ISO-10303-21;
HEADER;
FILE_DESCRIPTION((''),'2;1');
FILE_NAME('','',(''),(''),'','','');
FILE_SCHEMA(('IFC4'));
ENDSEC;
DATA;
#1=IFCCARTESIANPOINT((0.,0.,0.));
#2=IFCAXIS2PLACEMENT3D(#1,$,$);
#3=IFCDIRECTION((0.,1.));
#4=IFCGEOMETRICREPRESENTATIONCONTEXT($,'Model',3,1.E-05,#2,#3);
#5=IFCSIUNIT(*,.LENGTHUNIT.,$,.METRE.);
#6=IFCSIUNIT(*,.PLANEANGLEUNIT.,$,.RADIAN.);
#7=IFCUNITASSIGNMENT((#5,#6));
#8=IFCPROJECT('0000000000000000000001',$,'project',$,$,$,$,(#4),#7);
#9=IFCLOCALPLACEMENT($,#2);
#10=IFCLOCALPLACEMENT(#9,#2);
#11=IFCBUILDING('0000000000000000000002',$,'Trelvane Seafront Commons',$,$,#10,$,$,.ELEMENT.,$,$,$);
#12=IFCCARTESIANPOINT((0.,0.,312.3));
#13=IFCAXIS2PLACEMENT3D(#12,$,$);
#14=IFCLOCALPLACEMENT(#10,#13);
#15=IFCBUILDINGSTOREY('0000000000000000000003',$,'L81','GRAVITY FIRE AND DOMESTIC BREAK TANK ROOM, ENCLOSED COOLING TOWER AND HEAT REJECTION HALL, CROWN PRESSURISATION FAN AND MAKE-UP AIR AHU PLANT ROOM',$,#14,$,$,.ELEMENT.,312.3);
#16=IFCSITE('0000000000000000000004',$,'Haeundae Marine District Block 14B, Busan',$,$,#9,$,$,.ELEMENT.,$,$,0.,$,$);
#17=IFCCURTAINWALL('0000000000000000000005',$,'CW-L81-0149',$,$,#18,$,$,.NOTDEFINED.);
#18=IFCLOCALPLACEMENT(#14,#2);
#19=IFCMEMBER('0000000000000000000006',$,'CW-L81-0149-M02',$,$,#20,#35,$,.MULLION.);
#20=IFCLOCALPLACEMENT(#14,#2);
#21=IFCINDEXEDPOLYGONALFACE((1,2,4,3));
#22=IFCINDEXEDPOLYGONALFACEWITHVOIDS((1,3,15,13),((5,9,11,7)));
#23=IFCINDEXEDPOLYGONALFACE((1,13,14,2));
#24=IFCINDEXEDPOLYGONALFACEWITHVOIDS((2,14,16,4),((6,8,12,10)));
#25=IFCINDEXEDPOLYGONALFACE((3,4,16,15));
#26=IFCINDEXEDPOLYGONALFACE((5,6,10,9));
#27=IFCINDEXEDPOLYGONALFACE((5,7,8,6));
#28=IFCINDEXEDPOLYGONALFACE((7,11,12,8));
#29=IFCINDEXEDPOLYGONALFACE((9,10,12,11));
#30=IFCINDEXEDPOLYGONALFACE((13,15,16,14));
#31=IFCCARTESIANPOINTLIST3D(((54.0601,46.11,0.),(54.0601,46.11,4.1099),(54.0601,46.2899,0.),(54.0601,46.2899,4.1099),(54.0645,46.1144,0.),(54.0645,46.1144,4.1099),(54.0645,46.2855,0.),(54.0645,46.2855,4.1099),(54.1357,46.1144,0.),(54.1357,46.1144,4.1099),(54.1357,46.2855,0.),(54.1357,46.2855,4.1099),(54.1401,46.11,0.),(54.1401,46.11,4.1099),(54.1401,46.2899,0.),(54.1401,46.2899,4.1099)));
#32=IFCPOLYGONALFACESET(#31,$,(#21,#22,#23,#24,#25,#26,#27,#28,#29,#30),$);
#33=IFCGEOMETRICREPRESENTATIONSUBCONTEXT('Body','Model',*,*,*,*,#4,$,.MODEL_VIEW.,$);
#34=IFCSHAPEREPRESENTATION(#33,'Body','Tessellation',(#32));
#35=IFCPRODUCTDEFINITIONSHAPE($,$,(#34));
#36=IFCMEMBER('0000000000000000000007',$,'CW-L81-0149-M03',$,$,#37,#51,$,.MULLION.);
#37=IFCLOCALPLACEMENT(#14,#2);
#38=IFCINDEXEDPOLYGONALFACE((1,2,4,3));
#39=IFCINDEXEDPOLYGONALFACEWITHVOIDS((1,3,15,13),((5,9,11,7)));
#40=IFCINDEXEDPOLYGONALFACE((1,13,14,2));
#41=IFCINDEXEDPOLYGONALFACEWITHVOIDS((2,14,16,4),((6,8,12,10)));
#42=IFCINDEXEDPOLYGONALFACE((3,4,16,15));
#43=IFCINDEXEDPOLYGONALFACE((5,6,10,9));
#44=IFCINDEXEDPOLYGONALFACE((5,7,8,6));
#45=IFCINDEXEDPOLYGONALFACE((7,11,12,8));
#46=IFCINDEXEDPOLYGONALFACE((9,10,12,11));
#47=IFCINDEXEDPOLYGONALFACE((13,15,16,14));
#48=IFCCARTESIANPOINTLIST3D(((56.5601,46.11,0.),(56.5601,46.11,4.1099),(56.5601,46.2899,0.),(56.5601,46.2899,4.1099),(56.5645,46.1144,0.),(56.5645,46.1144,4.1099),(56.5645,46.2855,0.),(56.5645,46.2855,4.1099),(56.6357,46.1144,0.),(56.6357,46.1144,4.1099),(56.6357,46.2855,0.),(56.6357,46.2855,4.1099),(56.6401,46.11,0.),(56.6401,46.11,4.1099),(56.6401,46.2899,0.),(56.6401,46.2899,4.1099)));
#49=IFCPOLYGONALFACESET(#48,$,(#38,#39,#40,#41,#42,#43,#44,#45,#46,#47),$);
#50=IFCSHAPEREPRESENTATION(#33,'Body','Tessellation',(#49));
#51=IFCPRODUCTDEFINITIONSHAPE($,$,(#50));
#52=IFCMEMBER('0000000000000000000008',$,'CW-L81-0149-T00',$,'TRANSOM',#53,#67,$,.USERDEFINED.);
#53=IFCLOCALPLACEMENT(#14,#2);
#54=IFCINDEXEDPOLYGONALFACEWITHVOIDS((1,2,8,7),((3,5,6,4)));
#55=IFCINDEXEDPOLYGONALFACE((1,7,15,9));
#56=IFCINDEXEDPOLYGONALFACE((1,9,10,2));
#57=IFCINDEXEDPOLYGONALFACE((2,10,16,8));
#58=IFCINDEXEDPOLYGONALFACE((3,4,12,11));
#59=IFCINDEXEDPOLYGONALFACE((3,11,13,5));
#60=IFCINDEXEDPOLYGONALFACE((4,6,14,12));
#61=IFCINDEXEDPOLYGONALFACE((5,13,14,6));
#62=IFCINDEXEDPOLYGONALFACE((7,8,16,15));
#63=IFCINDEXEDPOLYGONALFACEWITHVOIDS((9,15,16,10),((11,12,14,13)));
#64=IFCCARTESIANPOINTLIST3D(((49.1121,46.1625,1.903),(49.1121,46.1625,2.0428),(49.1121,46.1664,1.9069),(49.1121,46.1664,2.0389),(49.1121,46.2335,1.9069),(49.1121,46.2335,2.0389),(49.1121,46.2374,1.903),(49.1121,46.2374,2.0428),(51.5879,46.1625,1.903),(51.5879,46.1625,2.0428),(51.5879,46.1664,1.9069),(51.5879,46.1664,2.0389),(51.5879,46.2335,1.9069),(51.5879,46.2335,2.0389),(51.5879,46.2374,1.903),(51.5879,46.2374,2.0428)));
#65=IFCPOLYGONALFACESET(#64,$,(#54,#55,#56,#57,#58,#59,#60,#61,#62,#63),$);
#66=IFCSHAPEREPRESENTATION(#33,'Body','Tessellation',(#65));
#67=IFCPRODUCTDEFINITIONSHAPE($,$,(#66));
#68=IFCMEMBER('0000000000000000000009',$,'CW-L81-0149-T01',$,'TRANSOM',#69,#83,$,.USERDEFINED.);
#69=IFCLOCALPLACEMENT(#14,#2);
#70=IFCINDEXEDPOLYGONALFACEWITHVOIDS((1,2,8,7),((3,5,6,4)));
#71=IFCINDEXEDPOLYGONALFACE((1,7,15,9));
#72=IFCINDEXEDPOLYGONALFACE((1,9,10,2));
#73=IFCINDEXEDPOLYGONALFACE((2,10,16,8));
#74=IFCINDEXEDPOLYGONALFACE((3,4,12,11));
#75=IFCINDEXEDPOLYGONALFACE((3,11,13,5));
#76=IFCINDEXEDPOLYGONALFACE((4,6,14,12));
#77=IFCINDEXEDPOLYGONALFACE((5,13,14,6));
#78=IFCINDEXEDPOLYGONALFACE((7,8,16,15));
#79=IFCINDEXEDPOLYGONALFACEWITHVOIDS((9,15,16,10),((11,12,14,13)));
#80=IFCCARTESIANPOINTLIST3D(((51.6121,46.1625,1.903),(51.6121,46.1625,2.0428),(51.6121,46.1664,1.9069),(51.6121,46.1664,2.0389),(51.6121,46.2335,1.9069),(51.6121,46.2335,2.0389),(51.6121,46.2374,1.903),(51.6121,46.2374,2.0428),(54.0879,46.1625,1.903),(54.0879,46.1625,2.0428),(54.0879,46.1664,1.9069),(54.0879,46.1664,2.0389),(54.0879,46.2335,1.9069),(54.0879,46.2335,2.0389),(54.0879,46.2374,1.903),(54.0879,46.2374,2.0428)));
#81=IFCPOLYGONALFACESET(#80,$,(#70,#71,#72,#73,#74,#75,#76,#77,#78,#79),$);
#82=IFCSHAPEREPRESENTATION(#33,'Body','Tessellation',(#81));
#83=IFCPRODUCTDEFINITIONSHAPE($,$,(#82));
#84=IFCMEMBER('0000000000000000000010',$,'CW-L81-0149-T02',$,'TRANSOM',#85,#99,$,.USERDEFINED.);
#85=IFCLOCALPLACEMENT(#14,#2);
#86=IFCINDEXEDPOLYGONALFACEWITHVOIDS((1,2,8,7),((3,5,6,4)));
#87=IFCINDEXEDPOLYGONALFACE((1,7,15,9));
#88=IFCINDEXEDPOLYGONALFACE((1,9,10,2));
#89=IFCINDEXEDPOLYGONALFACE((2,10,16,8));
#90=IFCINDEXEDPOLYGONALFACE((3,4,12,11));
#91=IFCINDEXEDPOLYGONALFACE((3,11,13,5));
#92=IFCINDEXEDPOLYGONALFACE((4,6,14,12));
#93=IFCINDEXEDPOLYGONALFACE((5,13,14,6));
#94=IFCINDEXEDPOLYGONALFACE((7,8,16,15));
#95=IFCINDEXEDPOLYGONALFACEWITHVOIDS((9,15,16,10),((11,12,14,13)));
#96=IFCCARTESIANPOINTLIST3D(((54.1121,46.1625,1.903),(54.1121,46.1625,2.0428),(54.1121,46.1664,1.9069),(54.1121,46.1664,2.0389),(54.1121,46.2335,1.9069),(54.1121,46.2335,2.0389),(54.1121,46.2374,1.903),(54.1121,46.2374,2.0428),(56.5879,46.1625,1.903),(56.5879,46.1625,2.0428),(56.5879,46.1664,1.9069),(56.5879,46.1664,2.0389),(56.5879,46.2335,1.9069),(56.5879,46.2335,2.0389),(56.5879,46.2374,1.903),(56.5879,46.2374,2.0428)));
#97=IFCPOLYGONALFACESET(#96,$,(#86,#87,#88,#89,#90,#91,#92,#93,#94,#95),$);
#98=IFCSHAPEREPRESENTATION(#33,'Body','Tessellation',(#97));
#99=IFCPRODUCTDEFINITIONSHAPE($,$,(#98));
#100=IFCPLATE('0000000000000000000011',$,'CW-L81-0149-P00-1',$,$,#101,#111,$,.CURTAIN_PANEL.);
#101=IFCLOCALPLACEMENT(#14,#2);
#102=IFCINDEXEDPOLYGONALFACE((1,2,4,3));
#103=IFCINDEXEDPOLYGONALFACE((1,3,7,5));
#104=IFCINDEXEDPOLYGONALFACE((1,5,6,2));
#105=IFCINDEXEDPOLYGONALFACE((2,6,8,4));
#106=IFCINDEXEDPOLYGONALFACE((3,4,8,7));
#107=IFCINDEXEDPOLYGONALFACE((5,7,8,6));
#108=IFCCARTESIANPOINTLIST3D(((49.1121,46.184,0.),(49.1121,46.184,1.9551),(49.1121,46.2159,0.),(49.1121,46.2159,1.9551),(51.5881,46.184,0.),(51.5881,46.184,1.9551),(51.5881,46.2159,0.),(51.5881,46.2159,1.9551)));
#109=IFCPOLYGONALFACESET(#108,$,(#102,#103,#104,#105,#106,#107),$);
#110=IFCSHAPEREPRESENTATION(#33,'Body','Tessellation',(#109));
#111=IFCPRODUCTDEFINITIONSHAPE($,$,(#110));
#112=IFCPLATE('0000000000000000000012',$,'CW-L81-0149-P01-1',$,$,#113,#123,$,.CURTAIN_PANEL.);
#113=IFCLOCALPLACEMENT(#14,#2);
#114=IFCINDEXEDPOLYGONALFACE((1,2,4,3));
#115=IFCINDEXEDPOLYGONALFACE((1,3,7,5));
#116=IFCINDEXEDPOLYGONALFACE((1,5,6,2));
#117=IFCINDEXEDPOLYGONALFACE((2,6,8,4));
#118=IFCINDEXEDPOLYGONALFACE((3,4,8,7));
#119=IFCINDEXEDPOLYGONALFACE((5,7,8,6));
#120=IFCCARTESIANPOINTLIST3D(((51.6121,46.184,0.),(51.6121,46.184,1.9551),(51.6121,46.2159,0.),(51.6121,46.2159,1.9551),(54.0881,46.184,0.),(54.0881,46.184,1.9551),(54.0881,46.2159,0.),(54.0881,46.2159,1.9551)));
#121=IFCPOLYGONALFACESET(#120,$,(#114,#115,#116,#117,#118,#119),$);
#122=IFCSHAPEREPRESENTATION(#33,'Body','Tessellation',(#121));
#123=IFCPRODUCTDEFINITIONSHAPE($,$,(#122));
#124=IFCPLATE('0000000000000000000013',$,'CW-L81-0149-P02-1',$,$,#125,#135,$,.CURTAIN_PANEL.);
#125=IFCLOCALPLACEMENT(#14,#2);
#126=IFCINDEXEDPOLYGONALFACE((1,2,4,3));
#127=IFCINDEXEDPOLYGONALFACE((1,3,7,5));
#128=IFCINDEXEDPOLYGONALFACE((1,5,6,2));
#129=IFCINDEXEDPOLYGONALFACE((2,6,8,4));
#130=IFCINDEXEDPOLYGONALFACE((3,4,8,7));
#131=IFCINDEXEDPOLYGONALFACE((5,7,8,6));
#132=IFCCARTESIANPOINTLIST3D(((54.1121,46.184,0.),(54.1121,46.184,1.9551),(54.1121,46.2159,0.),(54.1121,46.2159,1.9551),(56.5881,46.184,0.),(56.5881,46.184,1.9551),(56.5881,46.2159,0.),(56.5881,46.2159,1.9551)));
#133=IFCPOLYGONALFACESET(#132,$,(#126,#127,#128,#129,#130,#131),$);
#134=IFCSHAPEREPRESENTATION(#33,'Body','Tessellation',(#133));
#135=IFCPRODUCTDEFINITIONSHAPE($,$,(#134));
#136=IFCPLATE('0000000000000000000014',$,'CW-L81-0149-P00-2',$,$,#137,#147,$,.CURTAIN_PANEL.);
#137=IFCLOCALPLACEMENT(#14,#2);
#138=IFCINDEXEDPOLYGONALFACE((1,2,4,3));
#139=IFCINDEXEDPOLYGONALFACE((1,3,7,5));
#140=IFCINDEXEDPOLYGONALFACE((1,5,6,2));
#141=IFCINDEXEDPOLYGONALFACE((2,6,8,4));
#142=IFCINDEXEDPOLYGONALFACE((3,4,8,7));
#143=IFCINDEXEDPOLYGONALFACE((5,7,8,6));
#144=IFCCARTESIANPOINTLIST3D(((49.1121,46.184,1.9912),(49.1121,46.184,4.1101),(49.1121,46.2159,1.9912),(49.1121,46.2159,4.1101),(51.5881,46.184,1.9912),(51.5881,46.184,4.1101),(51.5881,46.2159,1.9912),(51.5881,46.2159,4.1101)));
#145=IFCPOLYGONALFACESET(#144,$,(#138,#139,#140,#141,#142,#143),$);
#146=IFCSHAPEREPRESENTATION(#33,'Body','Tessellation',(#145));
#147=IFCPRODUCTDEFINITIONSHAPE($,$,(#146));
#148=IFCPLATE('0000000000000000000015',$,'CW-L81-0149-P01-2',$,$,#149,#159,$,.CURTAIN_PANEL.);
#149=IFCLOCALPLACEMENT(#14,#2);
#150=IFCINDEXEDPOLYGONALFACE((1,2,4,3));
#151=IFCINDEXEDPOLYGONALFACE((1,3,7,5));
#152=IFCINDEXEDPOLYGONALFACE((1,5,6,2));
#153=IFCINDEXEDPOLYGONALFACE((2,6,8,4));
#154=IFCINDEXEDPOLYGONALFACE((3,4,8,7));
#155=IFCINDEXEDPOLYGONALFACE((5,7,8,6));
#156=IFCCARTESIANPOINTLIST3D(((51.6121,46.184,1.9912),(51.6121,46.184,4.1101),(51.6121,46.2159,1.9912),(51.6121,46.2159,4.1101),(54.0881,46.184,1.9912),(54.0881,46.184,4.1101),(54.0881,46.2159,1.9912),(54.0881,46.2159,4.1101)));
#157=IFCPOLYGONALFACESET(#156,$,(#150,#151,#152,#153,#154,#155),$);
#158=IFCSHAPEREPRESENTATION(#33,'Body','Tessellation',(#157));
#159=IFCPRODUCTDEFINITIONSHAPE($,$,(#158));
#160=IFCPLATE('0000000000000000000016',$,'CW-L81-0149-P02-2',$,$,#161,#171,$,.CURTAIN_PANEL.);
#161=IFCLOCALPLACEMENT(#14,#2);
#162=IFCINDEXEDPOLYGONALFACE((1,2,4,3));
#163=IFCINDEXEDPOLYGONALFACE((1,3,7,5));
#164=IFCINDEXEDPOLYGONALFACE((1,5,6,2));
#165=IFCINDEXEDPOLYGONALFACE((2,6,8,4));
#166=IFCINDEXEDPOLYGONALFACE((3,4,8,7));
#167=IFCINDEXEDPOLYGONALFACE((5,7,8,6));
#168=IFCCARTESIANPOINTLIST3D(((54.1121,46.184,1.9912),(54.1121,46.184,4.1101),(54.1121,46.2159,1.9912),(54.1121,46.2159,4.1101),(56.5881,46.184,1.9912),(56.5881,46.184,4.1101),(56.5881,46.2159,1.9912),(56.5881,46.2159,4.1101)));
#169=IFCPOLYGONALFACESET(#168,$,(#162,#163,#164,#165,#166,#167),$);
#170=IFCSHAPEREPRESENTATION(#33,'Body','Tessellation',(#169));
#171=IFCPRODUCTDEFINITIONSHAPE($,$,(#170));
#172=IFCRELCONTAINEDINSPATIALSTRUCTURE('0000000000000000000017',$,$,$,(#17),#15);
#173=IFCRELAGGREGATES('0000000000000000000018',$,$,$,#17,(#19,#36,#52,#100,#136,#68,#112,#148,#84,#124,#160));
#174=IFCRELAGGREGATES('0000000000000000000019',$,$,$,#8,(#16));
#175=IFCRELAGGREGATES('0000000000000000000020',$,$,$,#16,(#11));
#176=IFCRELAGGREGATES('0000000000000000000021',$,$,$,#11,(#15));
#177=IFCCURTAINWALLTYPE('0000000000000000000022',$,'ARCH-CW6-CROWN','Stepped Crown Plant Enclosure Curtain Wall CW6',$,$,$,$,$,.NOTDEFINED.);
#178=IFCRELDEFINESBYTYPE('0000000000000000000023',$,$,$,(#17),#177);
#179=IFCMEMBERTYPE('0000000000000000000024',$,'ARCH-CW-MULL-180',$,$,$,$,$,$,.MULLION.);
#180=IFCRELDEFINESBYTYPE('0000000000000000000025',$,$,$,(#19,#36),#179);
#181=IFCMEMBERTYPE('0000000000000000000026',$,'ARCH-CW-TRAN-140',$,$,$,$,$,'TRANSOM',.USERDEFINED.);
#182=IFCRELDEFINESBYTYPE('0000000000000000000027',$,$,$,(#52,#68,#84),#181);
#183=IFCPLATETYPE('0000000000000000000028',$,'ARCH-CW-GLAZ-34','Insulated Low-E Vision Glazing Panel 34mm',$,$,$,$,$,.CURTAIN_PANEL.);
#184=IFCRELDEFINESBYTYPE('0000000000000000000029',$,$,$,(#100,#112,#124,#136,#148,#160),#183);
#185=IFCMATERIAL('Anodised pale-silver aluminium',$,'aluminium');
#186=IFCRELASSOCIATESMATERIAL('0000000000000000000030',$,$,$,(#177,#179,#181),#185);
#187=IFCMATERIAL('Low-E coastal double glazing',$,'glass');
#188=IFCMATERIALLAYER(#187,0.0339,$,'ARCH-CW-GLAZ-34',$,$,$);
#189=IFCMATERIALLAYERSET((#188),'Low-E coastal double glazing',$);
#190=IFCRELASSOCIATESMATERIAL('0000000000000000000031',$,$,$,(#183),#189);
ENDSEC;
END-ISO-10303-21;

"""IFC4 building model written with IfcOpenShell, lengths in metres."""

from ifc_helpers import new_model, si_unit, direction, frame, origin, origin_2d, place, context, subcontext, project, spatial, rectangle, hollow_rectangle, extrude, source, transform, mapped, material, layer, layer_set, material_profile, profile_set, type_object, element, aggregate, save


model = new_model("IFC4")

# Units and contexts
model_context = context("Model", 3, precision=1e-05, world=origin(), true_north=direction((0.0, 1.0)))
body_context = subcontext(model_context, "Body", "Model", "MODEL_VIEW")
ifc_project = project(units=[si_unit("LENGTHUNIT", "METRE"), si_unit("PLANEANGLEUNIT", "RADIAN")], contexts=[model_context])

# Site, building, storey
site_placement = place(None, origin())
site = spatial("IfcSite", under=ifc_project, at=site_placement, Name="Haeundae Marine District Block 14B, Busan", CompositionType="ELEMENT", RefElevation=0.0)
building_placement = place(site_placement, origin())
building = spatial("IfcBuilding", under=site, at=building_placement, Name="Trelvane Seafront Commons", CompositionType="ELEMENT")
storey_placement = place(building_placement, frame((0.0, 0.0, 312.3)))
storey = spatial("IfcBuildingStorey", under=building, at=storey_placement, Name="L81", Description="GRAVITY FIRE AND DOMESTIC BREAK TANK ROOM, ENCLOSED COOLING TOWER AND HEAT REJECTION HALL, CROWN PRESSURISATION FAN AND MAKE-UP AIR AHU PLANT ROOM", CompositionType="ELEMENT", Elevation=312.3)

# Curtain wall, members, plates
ifc_material_1 = material(Name="Anodised pale-silver aluminium", Category="aluminium")
curtain_wall_type = type_object("IfcCurtainWallType", Name="ARCH-CW6-CROWN", Description="Stepped Crown Plant Enclosure Curtain Wall CW6", PredefinedType="NOTDEFINED", material=ifc_material_1)
curtain_wall_placement = place(storey_placement, origin())
curtain_wall = element("IfcCurtainWall", 1, at=curtain_wall_placement, inside=storey, type_object=curtain_wall_type, Name="CW-L81-0149", PredefinedType="NOTDEFINED")
ifc_material_profile_1 = material_profile(ifc_material_1, hollow_rectangle(XDim=0.0801, YDim=0.1799, WallThickness=0.0044, at=origin_2d()), Name="MULL-80x180x4.5")
ifc_profile_set_1 = profile_set([ifc_material_profile_1], Name="Anodised pale-silver aluminium")
member_type_1 = type_object("IfcMemberType", Name="ARCH-CW-MULL-180", PredefinedType="MULLION", material=ifc_profile_set_1)
shared_shape_1 = source(origin(), body_context, "Body", "SweptSolid", [
    extrude(hollow_rectangle(XDim=0.0801, YDim=0.1799, WallThickness=0.0044, at=origin_2d()), origin(), (0.0, 0.0, 1.0), 4.1099),
])
member_1_placement = place(storey_placement, frame((54.1001, 46.2, 0.0), z_axis=(0.0, 0.0, 1.0), x_axis=(1.0, 0.0, 0.0)))
member_1 = element("IfcMember", 2, at=member_1_placement, type_object=member_type_1, Name="CW-L81-0149-M02", PredefinedType="MULLION", context=body_context, shape_type="MappedRepresentation", body=[
    mapped(shared_shape_1, transform((0.0, 0.0, 0.0), x_axis=(1.0, 0.0, 0.0), y_axis=(0.0, 1.0, 0.0), z_axis=(0.0, 0.0, 1.0), scale=1.0)),
])
member_2_placement = place(storey_placement, frame((56.6001, 46.2, 0.0), z_axis=(0.0, 0.0, 1.0), x_axis=(1.0, 0.0, 0.0)))
member_2 = element("IfcMember", 3, at=member_2_placement, type_object=member_type_1, Name="CW-L81-0149-M03", PredefinedType="MULLION", context=body_context, shape_type="MappedRepresentation", body=[
    mapped(shared_shape_1, transform((0.0, 0.0, 0.0), x_axis=(1.0, 0.0, 0.0), y_axis=(0.0, 1.0, 0.0), z_axis=(0.0, 0.0, 1.0), scale=1.0)),
])
ifc_material_profile_2 = material_profile(ifc_material_1, hollow_rectangle(XDim=0.075, YDim=0.1399, WallThickness=0.0039, at=origin_2d()), Name="TRAN-75x140x4")
ifc_profile_set_2 = profile_set([ifc_material_profile_2], Name="Anodised pale-silver aluminium")
member_type_2 = type_object("IfcMemberType", Name="ARCH-CW-TRAN-140", ElementType="TRANSOM", PredefinedType="USERDEFINED", material=ifc_profile_set_2)
shared_shape_2 = source(origin(), body_context, "Body", "SweptSolid", [
    extrude(hollow_rectangle(XDim=0.075, YDim=0.1399, WallThickness=0.0039, at=origin_2d()), origin(), (0.0, 0.0, 1.0), 2.4758),
])
member_3_placement = place(storey_placement, frame((49.1121, 46.2, 1.9729), z_axis=(1.0, 0.0, 0.0), x_axis=(0.0, 1.0, 0.0)))
member_3 = element("IfcMember", 4, at=member_3_placement, type_object=member_type_2, Name="CW-L81-0149-T00", ObjectType="TRANSOM", PredefinedType="USERDEFINED", context=body_context, shape_type="MappedRepresentation", body=[
    mapped(shared_shape_2, transform((0.0, 0.0, 0.0), x_axis=(1.0, 0.0, 0.0), y_axis=(0.0, 1.0, 0.0), z_axis=(0.0, 0.0, 1.0), scale=1.0)),
])
member_4_placement = place(storey_placement, frame((51.6121, 46.2, 1.9729), z_axis=(1.0, 0.0, 0.0), x_axis=(0.0, 1.0, 0.0)))
member_4 = element("IfcMember", 5, at=member_4_placement, type_object=member_type_2, Name="CW-L81-0149-T01", ObjectType="TRANSOM", PredefinedType="USERDEFINED", context=body_context, shape_type="MappedRepresentation", body=[
    mapped(shared_shape_2, transform((0.0, 0.0, 0.0), x_axis=(1.0, 0.0, 0.0), y_axis=(0.0, 1.0, 0.0), z_axis=(0.0, 0.0, 1.0), scale=1.0)),
])
member_5_placement = place(storey_placement, frame((54.1121, 46.2, 1.9729), z_axis=(1.0, 0.0, 0.0), x_axis=(0.0, 1.0, 0.0)))
member_5 = element("IfcMember", 6, at=member_5_placement, type_object=member_type_2, Name="CW-L81-0149-T02", ObjectType="TRANSOM", PredefinedType="USERDEFINED", context=body_context, shape_type="MappedRepresentation", body=[
    mapped(shared_shape_2, transform((0.0, 0.0, 0.0), x_axis=(1.0, 0.0, 0.0), y_axis=(0.0, 1.0, 0.0), z_axis=(0.0, 0.0, 1.0), scale=1.0)),
])
ifc_material_2 = material(Name="Low-E coastal double glazing", Category="glass")
ifc_layer_1 = layer(ifc_material_2, 0.0339, Name="ARCH-CW-GLAZ-34")
ifc_layer_set_1 = layer_set([ifc_layer_1], Name="Low-E coastal double glazing")
plate_type_1 = type_object("IfcPlateType", Name="ARCH-CW-GLAZ-34", Description="Insulated Low-E Vision Glazing Panel 34mm", PredefinedType="CURTAIN_PANEL", material=ifc_layer_set_1)
shared_shape_3 = source(origin(), body_context, "Body", "SweptSolid", [
    extrude(rectangle(XDim=2.4761, YDim=0.032, at=origin_2d()), origin(), (0.0, 0.0, 1.0), 1.9551),
])
plate_1_placement = place(storey_placement, frame((50.3501, 46.2, 0.0), z_axis=(0.0, 0.0, 1.0), x_axis=(1.0, 0.0, 0.0)))
plate_1 = element("IfcPlate", 7, at=plate_1_placement, type_object=plate_type_1, Name="CW-L81-0149-P00-1", PredefinedType="CURTAIN_PANEL", context=body_context, shape_type="MappedRepresentation", body=[
    mapped(shared_shape_3, transform((0.0, 0.0, 0.0), x_axis=(1.0, 0.0, 0.0), y_axis=(0.0, 1.0, 0.0), z_axis=(0.0, 0.0, 1.0), scale=1.0)),
])
plate_2_placement = place(storey_placement, frame((52.8501, 46.2, 0.0), z_axis=(0.0, 0.0, 1.0), x_axis=(1.0, 0.0, 0.0)))
plate_2 = element("IfcPlate", 8, at=plate_2_placement, type_object=plate_type_1, Name="CW-L81-0149-P01-1", PredefinedType="CURTAIN_PANEL", context=body_context, shape_type="MappedRepresentation", body=[
    mapped(shared_shape_3, transform((0.0, 0.0, 0.0), x_axis=(1.0, 0.0, 0.0), y_axis=(0.0, 1.0, 0.0), z_axis=(0.0, 0.0, 1.0), scale=1.0)),
])
plate_3_placement = place(storey_placement, frame((55.3501, 46.2, 0.0), z_axis=(0.0, 0.0, 1.0), x_axis=(1.0, 0.0, 0.0)))
plate_3 = element("IfcPlate", 9, at=plate_3_placement, type_object=plate_type_1, Name="CW-L81-0149-P02-1", PredefinedType="CURTAIN_PANEL", context=body_context, shape_type="MappedRepresentation", body=[
    mapped(shared_shape_3, transform((0.0, 0.0, 0.0), x_axis=(1.0, 0.0, 0.0), y_axis=(0.0, 1.0, 0.0), z_axis=(0.0, 0.0, 1.0), scale=1.0)),
])
shared_shape_4 = source(origin(), body_context, "Body", "SweptSolid", [
    extrude(rectangle(XDim=2.4761, YDim=0.032, at=origin_2d()), origin(), (0.0, 0.0, 1.0), 2.1189),
])
plate_4_placement = place(storey_placement, frame((50.3501, 46.2, 1.9912), z_axis=(0.0, 0.0, 1.0), x_axis=(1.0, 0.0, 0.0)))
plate_4 = element("IfcPlate", 10, at=plate_4_placement, type_object=plate_type_1, Name="CW-L81-0149-P00-2", PredefinedType="CURTAIN_PANEL", context=body_context, shape_type="MappedRepresentation", body=[
    mapped(shared_shape_4, transform((0.0, 0.0, 0.0), x_axis=(1.0, 0.0, 0.0), y_axis=(0.0, 1.0, 0.0), z_axis=(0.0, 0.0, 1.0), scale=1.0)),
])
plate_5_placement = place(storey_placement, frame((52.8501, 46.2, 1.9912), z_axis=(0.0, 0.0, 1.0), x_axis=(1.0, 0.0, 0.0)))
plate_5 = element("IfcPlate", 11, at=plate_5_placement, type_object=plate_type_1, Name="CW-L81-0149-P01-2", PredefinedType="CURTAIN_PANEL", context=body_context, shape_type="MappedRepresentation", body=[
    mapped(shared_shape_4, transform((0.0, 0.0, 0.0), x_axis=(1.0, 0.0, 0.0), y_axis=(0.0, 1.0, 0.0), z_axis=(0.0, 0.0, 1.0), scale=1.0)),
])
plate_6_placement = place(storey_placement, frame((55.3501, 46.2, 1.9912), z_axis=(0.0, 0.0, 1.0), x_axis=(1.0, 0.0, 0.0)))
plate_6 = element("IfcPlate", 12, at=plate_6_placement, type_object=plate_type_1, Name="CW-L81-0149-P02-2", PredefinedType="CURTAIN_PANEL", context=body_context, shape_type="MappedRepresentation", body=[
    mapped(shared_shape_4, transform((0.0, 0.0, 0.0), x_axis=(1.0, 0.0, 0.0), y_axis=(0.0, 1.0, 0.0), z_axis=(0.0, 0.0, 1.0), scale=1.0)),
])
aggregate(curtain_wall, [member_1, member_2, member_3, plate_1, plate_4, member_4, plate_2, plate_5, member_5, plate_3, plate_6])

save(model, "model.ifc")
